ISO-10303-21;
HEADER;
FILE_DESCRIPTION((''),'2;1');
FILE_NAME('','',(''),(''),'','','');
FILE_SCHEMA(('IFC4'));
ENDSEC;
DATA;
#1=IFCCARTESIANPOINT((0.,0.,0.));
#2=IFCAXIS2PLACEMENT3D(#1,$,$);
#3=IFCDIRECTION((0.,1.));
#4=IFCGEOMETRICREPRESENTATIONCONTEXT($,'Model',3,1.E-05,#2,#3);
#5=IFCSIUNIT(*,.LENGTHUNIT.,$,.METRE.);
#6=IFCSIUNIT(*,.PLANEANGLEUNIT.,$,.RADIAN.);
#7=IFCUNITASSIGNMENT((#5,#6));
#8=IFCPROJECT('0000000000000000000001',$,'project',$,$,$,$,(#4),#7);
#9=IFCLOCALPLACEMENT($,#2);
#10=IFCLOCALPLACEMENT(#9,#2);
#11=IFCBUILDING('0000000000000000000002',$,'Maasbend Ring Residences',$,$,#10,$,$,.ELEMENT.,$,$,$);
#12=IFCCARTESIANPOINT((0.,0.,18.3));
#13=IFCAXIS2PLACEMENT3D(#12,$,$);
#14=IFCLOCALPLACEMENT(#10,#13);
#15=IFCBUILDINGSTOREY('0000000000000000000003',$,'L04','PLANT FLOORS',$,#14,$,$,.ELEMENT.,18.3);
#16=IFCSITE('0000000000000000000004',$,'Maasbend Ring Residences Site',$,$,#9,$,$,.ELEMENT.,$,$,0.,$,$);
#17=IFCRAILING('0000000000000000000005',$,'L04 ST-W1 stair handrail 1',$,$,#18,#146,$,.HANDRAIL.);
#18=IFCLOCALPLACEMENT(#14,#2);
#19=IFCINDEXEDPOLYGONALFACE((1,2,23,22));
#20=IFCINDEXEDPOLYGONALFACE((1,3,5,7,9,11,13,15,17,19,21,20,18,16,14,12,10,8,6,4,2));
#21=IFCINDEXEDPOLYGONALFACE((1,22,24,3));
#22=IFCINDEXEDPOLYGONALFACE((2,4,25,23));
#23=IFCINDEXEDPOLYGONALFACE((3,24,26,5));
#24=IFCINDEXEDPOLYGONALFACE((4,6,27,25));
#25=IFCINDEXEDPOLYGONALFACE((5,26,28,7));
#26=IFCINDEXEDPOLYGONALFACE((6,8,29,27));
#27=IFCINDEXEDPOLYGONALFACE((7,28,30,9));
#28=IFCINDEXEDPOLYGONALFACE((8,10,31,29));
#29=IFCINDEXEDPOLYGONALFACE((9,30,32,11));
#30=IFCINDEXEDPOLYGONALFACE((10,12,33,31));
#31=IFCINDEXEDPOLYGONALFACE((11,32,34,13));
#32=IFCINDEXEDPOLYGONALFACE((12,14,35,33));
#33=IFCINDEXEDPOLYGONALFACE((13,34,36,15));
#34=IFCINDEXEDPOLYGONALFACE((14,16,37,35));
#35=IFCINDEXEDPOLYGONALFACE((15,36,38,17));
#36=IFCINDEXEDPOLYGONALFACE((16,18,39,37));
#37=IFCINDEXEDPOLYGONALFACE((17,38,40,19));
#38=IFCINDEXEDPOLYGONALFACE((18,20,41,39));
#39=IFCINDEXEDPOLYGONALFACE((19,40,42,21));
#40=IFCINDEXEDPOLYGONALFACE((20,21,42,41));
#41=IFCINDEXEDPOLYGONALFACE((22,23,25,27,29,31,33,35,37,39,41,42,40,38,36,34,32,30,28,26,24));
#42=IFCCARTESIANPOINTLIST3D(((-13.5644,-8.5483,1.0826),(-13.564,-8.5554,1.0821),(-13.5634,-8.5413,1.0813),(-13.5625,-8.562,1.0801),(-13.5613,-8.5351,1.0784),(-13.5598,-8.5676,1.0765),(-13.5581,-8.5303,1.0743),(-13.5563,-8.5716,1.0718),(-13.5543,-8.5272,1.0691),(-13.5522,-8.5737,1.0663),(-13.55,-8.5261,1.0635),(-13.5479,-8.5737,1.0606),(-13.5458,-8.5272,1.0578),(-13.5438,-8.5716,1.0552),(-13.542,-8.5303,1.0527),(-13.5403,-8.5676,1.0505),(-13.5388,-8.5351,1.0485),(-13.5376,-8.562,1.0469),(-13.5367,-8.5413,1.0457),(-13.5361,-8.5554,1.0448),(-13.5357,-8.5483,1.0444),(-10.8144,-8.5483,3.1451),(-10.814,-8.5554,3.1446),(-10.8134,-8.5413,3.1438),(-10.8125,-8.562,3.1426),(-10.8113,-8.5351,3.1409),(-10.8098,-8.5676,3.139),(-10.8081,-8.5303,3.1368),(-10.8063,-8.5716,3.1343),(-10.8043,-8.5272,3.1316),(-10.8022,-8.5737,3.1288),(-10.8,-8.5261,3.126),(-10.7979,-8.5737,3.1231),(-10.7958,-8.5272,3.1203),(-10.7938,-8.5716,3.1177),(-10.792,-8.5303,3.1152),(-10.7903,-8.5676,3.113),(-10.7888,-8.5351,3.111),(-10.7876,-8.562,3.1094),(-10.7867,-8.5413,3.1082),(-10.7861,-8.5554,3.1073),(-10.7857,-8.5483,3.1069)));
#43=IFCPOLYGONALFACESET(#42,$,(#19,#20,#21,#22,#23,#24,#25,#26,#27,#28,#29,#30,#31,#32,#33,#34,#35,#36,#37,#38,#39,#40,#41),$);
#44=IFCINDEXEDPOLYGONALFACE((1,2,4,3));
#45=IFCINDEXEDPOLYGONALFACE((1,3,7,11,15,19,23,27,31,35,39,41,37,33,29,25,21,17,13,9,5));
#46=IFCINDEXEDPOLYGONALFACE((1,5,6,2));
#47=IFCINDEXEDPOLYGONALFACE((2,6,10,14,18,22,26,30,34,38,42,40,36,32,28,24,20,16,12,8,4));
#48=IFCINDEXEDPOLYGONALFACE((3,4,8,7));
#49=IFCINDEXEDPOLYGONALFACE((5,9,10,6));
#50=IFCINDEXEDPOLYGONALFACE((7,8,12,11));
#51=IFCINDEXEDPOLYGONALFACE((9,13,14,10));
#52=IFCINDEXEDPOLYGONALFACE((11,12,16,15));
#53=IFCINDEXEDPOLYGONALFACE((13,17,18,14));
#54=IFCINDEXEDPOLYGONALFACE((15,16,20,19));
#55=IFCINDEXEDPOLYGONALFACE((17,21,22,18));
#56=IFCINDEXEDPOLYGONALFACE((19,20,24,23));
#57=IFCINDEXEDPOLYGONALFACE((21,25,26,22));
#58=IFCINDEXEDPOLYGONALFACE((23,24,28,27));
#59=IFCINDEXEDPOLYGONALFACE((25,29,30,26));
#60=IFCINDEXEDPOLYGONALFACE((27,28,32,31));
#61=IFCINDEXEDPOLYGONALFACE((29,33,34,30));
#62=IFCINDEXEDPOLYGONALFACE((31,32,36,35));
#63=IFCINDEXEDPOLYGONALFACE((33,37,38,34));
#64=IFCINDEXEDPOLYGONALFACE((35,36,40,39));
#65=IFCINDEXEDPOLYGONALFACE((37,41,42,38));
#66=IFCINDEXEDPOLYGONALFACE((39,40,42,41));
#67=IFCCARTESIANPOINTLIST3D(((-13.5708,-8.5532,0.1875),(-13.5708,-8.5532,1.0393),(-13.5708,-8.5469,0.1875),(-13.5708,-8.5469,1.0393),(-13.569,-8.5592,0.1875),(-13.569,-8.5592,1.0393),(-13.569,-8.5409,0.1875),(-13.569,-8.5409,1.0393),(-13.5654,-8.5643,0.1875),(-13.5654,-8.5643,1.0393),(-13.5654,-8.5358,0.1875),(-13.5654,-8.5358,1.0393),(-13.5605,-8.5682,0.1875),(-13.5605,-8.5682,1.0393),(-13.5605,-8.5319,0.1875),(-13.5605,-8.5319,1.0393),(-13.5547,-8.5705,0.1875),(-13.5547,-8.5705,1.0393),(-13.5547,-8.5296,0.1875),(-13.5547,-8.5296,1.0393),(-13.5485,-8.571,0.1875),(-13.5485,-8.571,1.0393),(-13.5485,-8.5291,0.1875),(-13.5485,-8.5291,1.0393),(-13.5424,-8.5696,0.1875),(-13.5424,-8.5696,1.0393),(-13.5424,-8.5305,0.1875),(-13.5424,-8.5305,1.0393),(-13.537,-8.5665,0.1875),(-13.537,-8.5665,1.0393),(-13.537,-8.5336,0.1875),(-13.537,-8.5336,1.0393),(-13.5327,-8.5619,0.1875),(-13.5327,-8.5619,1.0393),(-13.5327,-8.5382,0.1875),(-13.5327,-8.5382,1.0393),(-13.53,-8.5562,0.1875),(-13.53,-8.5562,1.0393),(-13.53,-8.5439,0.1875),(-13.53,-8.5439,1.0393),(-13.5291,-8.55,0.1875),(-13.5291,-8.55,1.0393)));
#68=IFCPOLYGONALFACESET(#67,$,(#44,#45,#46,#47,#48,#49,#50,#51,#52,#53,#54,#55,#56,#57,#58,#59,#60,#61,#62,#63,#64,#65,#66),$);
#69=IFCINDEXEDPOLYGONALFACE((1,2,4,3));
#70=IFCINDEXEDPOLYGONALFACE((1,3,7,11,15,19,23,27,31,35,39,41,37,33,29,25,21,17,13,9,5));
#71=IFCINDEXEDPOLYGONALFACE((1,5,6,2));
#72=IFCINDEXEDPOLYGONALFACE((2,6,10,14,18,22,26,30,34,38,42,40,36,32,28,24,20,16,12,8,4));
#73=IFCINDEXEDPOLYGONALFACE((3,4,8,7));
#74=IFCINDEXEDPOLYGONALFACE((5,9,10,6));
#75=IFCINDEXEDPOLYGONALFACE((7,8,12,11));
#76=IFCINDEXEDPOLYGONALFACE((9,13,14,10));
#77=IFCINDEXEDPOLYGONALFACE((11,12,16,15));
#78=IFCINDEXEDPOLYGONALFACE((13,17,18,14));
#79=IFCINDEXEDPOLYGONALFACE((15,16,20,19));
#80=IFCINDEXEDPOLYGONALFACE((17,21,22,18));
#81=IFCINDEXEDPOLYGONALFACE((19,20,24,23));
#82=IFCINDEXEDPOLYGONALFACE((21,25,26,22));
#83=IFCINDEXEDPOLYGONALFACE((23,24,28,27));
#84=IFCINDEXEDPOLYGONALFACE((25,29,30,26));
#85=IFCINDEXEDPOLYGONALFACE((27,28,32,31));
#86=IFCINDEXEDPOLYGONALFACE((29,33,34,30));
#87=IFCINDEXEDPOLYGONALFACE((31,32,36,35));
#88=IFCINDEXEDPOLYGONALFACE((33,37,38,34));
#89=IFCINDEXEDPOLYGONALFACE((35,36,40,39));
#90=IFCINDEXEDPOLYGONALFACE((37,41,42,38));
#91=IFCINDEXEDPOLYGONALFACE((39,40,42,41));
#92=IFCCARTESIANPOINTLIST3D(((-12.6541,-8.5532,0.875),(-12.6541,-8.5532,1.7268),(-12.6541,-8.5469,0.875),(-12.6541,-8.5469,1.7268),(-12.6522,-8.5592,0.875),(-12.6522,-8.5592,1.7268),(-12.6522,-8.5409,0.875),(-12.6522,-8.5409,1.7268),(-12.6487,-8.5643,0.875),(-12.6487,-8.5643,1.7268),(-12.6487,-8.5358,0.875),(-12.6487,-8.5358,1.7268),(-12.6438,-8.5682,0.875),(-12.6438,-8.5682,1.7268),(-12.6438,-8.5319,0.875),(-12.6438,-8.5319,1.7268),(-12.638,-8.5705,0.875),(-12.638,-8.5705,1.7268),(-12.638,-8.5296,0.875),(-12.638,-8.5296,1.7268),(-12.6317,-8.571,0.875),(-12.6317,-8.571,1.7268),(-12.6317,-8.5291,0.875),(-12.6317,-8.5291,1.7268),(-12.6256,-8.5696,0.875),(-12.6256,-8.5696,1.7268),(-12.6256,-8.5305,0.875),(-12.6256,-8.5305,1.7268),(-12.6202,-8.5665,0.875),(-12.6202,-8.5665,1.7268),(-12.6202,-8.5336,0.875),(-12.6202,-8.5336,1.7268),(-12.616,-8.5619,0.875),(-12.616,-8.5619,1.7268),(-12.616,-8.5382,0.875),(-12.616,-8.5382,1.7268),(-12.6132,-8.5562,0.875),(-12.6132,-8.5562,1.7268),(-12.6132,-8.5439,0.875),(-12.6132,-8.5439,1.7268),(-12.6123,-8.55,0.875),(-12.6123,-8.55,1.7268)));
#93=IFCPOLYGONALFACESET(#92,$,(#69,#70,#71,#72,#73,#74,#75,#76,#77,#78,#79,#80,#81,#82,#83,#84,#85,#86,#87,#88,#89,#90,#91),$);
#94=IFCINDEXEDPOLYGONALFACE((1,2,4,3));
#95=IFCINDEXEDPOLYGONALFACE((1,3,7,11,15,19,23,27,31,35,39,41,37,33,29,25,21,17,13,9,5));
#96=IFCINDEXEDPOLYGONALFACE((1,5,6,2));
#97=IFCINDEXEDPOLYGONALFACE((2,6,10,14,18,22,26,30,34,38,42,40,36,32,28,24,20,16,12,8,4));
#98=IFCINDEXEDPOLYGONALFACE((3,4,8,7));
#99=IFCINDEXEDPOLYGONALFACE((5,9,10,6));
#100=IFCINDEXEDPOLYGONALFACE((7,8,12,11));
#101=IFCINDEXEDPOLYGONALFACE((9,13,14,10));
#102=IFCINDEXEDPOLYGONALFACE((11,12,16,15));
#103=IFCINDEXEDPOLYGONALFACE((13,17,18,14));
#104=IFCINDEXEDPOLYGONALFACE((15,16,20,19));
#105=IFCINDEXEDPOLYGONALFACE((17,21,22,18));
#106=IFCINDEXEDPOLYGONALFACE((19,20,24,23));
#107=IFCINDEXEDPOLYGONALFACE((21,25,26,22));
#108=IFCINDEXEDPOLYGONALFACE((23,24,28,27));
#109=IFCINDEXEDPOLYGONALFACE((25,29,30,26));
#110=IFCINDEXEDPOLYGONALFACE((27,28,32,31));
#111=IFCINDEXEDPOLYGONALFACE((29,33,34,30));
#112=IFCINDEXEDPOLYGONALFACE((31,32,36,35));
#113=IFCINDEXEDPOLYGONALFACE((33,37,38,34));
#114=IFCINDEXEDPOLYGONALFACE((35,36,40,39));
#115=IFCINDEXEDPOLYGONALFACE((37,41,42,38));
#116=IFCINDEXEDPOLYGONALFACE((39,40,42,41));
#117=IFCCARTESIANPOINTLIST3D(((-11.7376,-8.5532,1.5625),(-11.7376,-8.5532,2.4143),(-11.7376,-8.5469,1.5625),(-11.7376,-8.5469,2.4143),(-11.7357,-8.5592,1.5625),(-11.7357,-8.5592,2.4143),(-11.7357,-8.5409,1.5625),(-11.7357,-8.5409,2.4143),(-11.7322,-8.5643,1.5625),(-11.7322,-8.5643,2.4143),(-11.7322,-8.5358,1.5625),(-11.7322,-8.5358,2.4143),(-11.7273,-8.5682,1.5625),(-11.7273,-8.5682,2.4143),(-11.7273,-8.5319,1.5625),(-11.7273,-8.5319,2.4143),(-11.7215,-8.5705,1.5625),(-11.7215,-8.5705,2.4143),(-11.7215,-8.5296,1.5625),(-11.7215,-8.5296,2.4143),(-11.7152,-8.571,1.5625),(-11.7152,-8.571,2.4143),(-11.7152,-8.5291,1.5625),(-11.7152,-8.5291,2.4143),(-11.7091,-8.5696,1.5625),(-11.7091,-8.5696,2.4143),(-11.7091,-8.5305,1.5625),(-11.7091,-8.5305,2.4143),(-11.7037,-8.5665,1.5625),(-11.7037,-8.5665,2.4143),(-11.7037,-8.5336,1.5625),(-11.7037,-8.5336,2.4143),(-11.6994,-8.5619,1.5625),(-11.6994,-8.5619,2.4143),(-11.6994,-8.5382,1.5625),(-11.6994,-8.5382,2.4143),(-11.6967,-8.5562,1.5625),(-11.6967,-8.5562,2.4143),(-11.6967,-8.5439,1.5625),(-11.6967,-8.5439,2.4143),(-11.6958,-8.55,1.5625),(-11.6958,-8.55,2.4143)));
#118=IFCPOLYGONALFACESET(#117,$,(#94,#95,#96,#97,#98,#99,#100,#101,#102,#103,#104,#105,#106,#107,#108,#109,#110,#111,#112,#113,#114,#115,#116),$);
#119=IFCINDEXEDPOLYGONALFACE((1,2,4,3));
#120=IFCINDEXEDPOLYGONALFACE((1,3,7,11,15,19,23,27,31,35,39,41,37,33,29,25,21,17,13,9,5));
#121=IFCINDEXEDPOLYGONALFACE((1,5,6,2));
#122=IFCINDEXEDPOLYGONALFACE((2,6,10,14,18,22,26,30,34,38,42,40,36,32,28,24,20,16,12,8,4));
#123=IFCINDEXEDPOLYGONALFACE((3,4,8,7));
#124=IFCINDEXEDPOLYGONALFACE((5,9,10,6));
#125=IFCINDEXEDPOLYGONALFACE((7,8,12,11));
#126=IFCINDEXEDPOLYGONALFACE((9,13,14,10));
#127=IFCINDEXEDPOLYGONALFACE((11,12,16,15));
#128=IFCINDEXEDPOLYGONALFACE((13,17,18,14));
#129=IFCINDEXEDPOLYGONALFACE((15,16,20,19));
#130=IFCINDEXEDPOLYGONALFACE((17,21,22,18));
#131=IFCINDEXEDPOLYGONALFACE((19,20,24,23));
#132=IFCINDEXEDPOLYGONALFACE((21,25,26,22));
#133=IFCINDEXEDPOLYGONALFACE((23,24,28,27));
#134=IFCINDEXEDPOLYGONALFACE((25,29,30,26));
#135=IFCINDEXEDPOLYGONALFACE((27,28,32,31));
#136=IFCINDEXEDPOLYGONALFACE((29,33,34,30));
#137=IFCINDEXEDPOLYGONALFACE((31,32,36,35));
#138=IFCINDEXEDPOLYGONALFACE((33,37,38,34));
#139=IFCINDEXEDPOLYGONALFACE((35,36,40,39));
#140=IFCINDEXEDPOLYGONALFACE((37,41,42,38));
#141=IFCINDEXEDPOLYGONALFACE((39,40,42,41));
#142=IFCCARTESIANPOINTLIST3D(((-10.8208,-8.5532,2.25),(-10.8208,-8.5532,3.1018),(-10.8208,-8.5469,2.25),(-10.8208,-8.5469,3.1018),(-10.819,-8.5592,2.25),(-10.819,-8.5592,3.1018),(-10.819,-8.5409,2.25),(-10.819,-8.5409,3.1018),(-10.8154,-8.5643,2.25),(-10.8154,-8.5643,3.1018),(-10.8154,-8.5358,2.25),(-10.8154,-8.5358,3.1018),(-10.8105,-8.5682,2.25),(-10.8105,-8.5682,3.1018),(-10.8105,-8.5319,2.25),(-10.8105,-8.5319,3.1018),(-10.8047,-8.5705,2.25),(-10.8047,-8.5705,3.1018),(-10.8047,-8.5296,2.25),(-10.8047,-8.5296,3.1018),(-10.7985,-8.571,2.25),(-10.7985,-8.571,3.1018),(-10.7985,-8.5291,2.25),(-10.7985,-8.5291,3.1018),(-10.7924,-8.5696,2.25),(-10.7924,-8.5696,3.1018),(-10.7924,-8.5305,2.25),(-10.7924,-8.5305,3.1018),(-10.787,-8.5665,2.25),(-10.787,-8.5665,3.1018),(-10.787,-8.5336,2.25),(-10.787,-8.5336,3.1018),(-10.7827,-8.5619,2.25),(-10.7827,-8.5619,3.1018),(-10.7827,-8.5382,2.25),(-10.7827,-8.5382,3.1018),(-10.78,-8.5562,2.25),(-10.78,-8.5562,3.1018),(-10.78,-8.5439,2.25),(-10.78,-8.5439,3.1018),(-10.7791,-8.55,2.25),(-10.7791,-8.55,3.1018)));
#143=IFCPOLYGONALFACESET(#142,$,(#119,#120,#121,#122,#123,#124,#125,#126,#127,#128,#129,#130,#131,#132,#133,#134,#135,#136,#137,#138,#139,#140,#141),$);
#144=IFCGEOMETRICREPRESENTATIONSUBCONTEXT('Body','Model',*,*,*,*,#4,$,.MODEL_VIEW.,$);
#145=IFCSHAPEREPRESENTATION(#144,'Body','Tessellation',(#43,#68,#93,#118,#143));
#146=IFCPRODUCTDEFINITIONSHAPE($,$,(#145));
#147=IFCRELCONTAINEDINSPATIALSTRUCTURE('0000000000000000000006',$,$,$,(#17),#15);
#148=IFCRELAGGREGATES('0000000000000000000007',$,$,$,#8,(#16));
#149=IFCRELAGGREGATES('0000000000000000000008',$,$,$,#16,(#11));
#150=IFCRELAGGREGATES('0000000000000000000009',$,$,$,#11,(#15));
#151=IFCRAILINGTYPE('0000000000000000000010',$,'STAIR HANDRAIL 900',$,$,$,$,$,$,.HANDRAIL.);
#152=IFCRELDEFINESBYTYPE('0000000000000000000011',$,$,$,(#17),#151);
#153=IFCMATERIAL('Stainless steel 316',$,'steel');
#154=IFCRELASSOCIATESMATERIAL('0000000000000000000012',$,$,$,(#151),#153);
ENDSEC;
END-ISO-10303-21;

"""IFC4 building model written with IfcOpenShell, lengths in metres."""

from ifc_helpers import new_model, si_unit, direction, frame, origin, origin_2d, place, context, subcontext, project, spatial, circle, extrude, material, type_object, element, save


model = new_model("IFC4")

# Units and contexts
model_context = context("Model", 3, precision=1e-05, world=origin(), true_north=direction((0.0, 1.0)))
body_context = subcontext(model_context, "Body", "Model", "MODEL_VIEW")
ifc_project = project(units=[si_unit("LENGTHUNIT", "METRE"), si_unit("PLANEANGLEUNIT", "RADIAN")], contexts=[model_context])

# Site, building, storey
site_placement = place(None, origin())
site = spatial("IfcSite", under=ifc_project, at=site_placement, Name="Maasbend Ring Residences Site", CompositionType="ELEMENT", RefElevation=0.0)
building_placement = place(site_placement, origin())
building = spatial("IfcBuilding", under=site, at=building_placement, Name="Maasbend Ring Residences", CompositionType="ELEMENT")
storey_placement = place(building_placement, frame((0.0, 0.0, 18.3)))
storey = spatial("IfcBuildingStorey", under=building, at=storey_placement, Name="L04", Description="PLANT FLOORS", CompositionType="ELEMENT", Elevation=18.3)

# Railing
ifc_material_1 = material(Name="Stainless steel 316", Category="steel")
railing_type_1 = type_object("IfcRailingType", Name="STAIR HANDRAIL 900", PredefinedType="HANDRAIL", material=ifc_material_1)
railing_1_placement = place(storey_placement, frame((-13.55, -8.55, 0.1875)))
element("IfcRailing", 1, at=railing_1_placement, inside=storey, type_object=railing_type_1, Name="L04 ST-W1 stair handrail 1", PredefinedType="HANDRAIL", context=body_context, shape_type="SweptSolid", body=[
    extrude(circle(Radius=0.0239, at=origin_2d()), frame((0.0, 0.0, 0.876), z_axis=(0.8, 0.0, 0.6), x_axis=(0.0, 1.0, 0.0)), (0.0, 0.0, 1.0), 3.4375),
    extrude(circle(Radius=0.021, at=origin_2d()), origin(), (0.0, 0.0, 1.0), 0.8518),
    extrude(circle(Radius=0.021, at=origin_2d()), frame((0.9167, 0.0, 0.6875)), (0.0, 0.0, 1.0), 0.8518),
    extrude(circle(Radius=0.021, at=origin_2d()), frame((1.8333, 0.0, 1.375)), (0.0, 0.0, 1.0), 0.8518),
    extrude(circle(Radius=0.021, at=origin_2d()), frame((2.75, 0.0, 2.0625)), (0.0, 0.0, 1.0), 0.8518),
])

save(model, "model.ifc")
